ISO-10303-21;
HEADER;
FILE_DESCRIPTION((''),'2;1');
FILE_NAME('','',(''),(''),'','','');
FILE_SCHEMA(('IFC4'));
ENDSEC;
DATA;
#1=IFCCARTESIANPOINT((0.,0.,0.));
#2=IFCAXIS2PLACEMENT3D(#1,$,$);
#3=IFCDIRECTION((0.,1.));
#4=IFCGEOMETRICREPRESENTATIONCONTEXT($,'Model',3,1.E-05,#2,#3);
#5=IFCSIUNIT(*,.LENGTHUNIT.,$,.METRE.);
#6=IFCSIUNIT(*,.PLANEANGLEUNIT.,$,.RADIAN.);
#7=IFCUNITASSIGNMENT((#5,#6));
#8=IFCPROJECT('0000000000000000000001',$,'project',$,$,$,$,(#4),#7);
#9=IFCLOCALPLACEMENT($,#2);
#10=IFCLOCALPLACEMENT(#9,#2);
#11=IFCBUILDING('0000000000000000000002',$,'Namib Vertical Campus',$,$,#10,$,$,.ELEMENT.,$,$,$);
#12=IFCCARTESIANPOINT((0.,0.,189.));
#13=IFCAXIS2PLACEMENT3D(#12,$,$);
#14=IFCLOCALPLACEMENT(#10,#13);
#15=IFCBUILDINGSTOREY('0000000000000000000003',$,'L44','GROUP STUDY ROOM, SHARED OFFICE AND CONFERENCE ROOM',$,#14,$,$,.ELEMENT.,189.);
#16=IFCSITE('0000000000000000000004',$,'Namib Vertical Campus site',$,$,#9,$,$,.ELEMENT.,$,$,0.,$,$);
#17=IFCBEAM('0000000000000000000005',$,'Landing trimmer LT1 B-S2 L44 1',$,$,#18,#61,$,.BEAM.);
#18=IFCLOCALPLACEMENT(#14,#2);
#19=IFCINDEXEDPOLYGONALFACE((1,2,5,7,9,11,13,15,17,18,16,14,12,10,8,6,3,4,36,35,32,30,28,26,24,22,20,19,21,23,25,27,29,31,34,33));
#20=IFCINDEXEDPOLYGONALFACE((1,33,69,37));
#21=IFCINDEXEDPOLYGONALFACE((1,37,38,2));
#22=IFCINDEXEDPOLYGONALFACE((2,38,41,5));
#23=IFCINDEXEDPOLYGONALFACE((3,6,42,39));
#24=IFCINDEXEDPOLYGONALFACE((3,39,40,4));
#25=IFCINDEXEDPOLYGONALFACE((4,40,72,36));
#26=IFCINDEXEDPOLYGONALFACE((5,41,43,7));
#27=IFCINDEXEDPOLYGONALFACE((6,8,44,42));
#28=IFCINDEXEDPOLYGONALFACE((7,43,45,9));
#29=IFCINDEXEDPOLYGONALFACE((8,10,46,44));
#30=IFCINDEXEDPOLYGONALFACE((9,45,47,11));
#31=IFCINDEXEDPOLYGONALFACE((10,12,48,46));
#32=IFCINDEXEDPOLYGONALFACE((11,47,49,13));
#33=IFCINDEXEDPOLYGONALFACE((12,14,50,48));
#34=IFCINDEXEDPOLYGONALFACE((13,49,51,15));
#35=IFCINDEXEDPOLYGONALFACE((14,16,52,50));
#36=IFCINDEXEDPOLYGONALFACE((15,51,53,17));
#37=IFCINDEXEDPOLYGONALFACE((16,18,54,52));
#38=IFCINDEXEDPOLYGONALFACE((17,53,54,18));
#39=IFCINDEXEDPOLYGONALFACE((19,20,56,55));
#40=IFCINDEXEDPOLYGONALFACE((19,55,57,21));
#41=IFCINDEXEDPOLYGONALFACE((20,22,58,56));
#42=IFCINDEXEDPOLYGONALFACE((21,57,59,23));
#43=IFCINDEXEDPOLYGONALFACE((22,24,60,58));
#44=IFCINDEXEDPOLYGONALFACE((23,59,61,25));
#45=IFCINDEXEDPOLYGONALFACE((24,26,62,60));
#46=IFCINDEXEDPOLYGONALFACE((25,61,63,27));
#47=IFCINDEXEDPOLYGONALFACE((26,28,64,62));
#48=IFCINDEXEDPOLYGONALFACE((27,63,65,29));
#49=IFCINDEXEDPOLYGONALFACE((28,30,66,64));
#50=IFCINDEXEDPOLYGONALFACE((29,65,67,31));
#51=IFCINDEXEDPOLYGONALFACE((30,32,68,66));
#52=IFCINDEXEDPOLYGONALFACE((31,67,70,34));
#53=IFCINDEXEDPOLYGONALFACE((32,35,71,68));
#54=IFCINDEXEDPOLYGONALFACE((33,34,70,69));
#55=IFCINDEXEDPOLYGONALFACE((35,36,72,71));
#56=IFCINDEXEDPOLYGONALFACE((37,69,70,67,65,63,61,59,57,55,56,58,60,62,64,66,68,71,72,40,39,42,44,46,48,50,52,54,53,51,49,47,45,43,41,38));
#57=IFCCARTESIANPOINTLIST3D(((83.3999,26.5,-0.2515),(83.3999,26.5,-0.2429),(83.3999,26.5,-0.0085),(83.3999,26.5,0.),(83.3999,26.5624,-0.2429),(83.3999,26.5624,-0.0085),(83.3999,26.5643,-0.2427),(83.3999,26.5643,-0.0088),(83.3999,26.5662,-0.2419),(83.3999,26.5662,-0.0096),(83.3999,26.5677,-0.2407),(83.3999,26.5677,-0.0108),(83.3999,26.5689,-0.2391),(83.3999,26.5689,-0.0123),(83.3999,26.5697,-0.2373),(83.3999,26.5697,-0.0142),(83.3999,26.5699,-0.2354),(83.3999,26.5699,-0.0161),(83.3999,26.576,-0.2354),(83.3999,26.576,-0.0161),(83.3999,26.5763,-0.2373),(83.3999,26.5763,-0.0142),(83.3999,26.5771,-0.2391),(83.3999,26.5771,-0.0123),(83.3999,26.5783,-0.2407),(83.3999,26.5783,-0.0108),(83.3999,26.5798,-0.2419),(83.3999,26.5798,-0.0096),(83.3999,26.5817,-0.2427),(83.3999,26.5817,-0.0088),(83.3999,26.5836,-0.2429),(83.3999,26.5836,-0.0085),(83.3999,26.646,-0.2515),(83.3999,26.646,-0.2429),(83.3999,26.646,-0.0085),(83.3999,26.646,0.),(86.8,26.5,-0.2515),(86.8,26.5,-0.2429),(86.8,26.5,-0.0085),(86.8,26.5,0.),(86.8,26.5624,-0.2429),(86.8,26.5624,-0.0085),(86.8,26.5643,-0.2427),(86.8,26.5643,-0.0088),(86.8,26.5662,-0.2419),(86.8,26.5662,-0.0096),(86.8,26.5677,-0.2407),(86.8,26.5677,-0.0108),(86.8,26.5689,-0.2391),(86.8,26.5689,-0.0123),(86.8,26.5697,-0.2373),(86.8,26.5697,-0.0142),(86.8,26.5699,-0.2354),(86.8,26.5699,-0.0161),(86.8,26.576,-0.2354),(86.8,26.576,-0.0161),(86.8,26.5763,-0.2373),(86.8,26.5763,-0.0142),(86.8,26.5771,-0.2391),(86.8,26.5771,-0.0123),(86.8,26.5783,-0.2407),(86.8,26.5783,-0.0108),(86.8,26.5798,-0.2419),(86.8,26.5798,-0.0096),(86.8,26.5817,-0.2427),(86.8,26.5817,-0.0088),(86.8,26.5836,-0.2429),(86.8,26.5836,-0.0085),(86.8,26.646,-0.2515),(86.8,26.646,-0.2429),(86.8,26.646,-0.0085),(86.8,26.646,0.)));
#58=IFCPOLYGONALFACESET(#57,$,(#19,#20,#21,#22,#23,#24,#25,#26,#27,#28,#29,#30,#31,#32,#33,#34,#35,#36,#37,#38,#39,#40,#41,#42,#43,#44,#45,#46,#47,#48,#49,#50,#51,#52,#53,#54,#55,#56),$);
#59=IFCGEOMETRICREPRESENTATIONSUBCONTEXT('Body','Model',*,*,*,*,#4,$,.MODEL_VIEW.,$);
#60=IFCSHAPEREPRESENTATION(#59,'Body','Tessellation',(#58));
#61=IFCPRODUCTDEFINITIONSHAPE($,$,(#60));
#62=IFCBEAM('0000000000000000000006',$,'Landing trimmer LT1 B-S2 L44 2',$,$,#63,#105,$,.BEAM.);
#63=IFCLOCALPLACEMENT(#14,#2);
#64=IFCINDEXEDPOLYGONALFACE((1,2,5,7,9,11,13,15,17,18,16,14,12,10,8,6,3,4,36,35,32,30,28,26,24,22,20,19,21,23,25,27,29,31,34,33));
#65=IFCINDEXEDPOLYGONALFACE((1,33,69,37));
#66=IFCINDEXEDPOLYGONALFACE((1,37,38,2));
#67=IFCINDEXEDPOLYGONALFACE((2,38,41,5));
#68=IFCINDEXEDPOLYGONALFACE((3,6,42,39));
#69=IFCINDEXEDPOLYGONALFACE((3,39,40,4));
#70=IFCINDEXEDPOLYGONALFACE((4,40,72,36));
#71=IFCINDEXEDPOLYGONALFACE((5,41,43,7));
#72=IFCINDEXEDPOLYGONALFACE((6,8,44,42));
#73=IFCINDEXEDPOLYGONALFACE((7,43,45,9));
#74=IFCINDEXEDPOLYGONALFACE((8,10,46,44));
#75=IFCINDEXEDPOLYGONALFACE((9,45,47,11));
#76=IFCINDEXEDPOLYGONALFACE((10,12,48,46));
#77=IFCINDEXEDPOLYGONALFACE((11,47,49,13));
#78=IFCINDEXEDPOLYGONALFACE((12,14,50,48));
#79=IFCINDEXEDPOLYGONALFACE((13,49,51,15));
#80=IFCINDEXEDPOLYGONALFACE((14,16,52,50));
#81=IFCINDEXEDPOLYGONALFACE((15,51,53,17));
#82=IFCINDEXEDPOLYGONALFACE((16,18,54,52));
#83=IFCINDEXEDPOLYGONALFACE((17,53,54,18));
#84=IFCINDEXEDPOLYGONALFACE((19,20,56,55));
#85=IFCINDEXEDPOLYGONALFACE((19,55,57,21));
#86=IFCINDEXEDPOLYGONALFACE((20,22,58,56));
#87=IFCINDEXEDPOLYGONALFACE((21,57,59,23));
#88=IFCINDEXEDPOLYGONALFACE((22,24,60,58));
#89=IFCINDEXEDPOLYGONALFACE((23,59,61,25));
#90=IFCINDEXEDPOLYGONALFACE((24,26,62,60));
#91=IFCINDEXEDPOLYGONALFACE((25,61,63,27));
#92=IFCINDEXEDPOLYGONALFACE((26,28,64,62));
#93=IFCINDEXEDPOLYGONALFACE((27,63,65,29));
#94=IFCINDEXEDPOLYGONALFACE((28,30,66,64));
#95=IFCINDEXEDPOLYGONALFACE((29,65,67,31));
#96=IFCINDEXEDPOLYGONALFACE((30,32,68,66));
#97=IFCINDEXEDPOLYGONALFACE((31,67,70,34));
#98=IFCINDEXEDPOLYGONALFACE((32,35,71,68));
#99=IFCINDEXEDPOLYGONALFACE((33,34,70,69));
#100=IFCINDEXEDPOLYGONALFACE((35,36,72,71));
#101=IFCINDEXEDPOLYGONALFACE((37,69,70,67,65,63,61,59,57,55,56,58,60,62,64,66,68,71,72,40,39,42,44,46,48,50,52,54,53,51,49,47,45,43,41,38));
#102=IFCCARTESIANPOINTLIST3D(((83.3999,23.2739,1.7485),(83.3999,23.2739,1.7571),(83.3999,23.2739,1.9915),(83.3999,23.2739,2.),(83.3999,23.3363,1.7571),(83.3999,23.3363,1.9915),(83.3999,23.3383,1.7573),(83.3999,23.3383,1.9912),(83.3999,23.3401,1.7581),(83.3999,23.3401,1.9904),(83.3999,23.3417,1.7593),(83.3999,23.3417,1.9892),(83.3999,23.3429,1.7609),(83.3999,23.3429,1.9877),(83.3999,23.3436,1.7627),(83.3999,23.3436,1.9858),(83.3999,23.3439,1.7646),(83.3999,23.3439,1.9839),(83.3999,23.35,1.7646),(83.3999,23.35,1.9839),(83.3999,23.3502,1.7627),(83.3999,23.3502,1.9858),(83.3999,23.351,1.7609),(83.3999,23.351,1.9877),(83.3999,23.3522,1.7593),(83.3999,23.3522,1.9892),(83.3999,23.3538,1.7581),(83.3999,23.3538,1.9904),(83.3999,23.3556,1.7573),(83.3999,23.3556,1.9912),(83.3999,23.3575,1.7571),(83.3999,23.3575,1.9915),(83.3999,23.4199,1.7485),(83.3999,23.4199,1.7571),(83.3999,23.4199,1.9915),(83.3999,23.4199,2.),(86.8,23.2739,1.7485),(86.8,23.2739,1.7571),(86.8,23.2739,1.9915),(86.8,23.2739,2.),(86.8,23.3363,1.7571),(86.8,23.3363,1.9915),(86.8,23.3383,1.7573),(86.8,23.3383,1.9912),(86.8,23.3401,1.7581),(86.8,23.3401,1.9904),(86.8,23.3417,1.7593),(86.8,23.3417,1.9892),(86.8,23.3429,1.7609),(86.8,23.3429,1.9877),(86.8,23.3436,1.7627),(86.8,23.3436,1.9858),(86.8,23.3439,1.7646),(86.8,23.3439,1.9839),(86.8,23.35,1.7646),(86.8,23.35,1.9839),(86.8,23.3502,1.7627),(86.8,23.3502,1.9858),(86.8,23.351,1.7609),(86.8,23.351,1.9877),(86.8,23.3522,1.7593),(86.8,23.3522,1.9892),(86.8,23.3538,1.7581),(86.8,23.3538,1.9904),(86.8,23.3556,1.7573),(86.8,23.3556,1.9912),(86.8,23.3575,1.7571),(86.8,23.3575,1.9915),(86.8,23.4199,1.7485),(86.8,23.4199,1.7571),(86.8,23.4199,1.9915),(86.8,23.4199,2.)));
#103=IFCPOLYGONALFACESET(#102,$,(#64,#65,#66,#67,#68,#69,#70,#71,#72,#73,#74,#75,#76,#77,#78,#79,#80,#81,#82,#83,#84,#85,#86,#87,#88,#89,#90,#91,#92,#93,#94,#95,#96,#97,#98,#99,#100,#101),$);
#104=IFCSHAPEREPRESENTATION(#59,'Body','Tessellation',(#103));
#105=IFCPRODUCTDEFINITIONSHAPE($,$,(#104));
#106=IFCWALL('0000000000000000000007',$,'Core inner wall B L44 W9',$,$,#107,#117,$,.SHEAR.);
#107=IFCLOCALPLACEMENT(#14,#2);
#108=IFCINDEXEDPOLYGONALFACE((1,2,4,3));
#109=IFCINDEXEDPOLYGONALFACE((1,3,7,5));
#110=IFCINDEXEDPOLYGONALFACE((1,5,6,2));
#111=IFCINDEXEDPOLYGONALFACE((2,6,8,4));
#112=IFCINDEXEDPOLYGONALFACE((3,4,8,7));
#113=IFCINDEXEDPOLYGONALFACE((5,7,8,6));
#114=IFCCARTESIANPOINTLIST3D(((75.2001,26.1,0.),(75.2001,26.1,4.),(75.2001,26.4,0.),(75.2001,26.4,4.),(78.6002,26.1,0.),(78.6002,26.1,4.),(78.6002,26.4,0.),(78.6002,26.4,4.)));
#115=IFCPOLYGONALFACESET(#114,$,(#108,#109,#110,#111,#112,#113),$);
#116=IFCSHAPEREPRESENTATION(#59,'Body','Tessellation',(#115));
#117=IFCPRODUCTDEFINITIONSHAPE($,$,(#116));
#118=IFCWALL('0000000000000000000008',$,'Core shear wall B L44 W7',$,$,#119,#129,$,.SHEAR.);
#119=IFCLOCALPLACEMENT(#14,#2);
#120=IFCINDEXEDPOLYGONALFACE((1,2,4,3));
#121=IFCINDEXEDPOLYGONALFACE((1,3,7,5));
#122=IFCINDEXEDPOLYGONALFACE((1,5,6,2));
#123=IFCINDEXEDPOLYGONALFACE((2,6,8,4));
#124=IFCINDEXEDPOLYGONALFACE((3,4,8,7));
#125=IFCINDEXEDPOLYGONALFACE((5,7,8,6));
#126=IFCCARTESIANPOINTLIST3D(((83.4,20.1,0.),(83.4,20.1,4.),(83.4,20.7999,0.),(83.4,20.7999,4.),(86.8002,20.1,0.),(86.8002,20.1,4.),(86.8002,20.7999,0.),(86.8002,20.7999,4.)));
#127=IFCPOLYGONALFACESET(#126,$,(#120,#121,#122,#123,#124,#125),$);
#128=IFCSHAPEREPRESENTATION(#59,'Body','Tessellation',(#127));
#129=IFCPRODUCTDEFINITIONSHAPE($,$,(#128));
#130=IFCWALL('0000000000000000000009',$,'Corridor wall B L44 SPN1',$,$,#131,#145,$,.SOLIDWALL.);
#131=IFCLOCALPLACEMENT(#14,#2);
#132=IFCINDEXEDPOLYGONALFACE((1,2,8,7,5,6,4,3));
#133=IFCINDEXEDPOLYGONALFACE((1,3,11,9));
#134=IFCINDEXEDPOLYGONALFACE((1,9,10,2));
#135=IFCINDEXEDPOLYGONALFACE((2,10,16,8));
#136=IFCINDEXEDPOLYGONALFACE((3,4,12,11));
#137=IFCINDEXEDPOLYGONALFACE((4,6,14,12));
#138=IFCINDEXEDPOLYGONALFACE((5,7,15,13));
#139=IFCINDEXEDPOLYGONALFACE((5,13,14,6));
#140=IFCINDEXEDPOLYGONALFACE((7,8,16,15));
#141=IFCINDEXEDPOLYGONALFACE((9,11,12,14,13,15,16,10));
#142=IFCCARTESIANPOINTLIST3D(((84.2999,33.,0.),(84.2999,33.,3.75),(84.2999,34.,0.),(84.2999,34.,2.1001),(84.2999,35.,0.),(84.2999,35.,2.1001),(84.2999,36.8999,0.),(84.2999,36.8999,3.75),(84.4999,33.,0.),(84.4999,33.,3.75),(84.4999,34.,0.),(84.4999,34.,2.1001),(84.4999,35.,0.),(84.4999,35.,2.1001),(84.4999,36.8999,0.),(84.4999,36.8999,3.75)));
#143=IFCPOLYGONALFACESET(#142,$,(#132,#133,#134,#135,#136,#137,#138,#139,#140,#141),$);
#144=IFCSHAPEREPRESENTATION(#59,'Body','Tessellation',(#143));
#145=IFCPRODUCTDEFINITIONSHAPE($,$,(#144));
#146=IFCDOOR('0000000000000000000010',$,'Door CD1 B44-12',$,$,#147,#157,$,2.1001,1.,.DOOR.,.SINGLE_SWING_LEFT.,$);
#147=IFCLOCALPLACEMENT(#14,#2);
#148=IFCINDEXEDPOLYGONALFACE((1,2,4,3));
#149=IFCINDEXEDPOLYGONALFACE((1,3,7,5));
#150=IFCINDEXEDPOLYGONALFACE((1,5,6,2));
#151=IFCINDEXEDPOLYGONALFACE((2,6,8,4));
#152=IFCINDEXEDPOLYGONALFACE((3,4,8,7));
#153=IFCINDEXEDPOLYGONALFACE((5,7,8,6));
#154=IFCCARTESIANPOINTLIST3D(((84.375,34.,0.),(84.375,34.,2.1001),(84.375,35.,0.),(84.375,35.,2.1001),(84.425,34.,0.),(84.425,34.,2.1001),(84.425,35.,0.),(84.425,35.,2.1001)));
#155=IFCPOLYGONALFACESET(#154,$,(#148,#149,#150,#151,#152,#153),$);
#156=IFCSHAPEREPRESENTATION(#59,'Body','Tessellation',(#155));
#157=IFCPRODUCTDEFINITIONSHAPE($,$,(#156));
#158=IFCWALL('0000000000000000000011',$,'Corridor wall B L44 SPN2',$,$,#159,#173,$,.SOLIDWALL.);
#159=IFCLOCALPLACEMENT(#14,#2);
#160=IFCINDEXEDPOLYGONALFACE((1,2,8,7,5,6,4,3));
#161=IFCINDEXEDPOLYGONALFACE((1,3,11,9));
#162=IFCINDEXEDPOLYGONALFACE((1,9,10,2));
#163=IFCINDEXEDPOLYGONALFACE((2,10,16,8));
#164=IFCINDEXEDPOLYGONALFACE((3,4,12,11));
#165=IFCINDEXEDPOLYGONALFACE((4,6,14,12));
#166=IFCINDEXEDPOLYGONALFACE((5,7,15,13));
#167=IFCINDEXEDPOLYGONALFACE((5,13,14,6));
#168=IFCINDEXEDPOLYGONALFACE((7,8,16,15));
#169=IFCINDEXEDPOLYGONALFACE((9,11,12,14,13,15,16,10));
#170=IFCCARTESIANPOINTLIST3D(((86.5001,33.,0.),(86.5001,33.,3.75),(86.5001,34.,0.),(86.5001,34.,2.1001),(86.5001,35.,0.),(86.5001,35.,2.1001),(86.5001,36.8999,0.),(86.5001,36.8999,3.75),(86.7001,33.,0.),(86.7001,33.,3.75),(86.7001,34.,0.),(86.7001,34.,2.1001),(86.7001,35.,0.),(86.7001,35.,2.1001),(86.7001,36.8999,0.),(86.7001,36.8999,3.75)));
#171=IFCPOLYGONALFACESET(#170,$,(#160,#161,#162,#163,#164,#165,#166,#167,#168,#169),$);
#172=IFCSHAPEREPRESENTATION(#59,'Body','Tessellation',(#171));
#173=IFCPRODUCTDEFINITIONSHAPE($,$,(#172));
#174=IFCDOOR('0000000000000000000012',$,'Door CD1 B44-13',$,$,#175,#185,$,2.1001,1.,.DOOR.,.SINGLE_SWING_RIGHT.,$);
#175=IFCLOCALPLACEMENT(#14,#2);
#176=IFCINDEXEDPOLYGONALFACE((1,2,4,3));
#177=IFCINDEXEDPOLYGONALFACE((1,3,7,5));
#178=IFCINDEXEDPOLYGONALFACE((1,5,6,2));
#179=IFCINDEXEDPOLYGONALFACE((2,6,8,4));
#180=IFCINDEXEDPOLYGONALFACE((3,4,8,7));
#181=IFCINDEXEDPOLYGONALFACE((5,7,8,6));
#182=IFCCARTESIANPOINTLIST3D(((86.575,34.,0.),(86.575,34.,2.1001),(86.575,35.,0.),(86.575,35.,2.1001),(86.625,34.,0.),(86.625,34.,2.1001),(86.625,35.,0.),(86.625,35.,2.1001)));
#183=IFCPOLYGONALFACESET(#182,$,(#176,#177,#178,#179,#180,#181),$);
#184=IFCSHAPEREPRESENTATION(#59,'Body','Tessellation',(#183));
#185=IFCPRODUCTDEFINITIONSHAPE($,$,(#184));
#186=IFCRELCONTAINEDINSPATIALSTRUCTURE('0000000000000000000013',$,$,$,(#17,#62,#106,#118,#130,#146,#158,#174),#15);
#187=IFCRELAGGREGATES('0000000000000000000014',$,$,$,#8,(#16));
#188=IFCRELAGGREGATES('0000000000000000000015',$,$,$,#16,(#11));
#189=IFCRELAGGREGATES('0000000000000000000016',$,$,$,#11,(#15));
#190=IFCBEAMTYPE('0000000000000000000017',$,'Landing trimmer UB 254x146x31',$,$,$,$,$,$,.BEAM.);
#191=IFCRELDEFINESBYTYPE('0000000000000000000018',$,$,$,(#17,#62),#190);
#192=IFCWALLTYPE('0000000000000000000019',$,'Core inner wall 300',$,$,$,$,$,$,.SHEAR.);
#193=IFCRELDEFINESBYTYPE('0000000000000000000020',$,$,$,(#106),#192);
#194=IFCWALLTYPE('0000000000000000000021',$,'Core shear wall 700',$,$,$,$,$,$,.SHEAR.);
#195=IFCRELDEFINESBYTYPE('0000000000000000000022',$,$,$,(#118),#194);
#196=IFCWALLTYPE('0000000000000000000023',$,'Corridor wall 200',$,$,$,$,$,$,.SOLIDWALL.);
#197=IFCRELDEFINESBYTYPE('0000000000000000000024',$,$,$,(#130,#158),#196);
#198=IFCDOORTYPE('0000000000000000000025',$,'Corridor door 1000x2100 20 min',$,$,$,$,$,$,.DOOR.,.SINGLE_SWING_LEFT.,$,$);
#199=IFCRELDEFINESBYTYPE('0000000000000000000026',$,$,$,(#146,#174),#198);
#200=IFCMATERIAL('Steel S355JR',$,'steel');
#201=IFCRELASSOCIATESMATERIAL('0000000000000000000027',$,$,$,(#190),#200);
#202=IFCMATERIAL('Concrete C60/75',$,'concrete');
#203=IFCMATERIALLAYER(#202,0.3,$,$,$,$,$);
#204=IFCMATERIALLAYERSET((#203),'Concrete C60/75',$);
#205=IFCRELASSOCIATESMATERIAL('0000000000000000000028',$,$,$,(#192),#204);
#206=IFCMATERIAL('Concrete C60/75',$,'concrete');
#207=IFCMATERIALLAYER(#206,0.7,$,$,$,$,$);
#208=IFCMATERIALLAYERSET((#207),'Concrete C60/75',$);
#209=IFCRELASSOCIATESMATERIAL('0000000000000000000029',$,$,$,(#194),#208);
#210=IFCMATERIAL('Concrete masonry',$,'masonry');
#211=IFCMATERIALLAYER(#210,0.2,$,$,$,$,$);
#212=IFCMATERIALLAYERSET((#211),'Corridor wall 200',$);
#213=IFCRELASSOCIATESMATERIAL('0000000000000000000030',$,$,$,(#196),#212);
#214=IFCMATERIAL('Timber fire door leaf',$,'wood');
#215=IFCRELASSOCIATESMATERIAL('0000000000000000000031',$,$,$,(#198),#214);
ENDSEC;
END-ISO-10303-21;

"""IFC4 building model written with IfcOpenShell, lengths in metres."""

from ifc_helpers import new_model, si_unit, direction, frame, frame_2d, origin, origin_2d, place, context, subcontext, project, spatial, rectangle, i_section, extrude, material, layer, layer_set, material_profile, profile_set, type_object, element, fill, save


model = new_model("IFC4")

# Units and contexts
model_context = context("Model", 3, precision=1e-05, world=origin(), true_north=direction((0.0, 1.0)))
body_context = subcontext(model_context, "Body", "Model", "MODEL_VIEW")
ifc_project = project(units=[si_unit("LENGTHUNIT", "METRE"), si_unit("PLANEANGLEUNIT", "RADIAN")], contexts=[model_context])

# Site, building, storey
site_placement = place(None, origin())
site = spatial("IfcSite", under=ifc_project, at=site_placement, Name="Namib Vertical Campus site", CompositionType="ELEMENT", RefElevation=0.0)
building_placement = place(site_placement, origin())
building = spatial("IfcBuilding", under=site, at=building_placement, Name="Namib Vertical Campus", CompositionType="ELEMENT")
storey_placement = place(building_placement, frame((0.0, 0.0, 189.0)))
storey = spatial("IfcBuildingStorey", under=building, at=storey_placement, Name="L44", Description="GROUP STUDY ROOM, SHARED OFFICE AND CONFERENCE ROOM", CompositionType="ELEMENT", Elevation=189.0)

# Beams
ifc_material_1 = material(Name="Steel S355JR", Category="steel")
ifc_material_profile = material_profile(ifc_material_1, i_section(OverallWidth=0.146, OverallDepth=0.2515, WebThickness=0.0061, FlangeThickness=0.0085, FilletRadius=0.0076, at=origin_2d()))
ifc_profile_set = profile_set([ifc_material_profile], Name="Steel S355JR")
beam_type = type_object("IfcBeamType", Name="Landing trimmer UB 254x146x31", PredefinedType="BEAM", material=ifc_profile_set)
for number, where, z_axis, x_axis, name in (
    (1, (83.3999, 26.573, -0.1257), (1.0, 0.0, 0.0), (0.0, 1.0, 0.0), "Landing trimmer LT1 B-S2 L44 1"),
    (2, (83.3999, 23.3469, 1.8743), (1.0, 0.0, 0.0), (0.0, 1.0, 0.0), "Landing trimmer LT1 B-S2 L44 2"),
):
    element("IfcBeam", number, at=place(storey_placement, frame(where, z_axis=z_axis, x_axis=x_axis)), inside=storey, type_object=beam_type, Name=name, PredefinedType="BEAM", context=body_context, shape_type="SweptSolid", body=[
        extrude(i_section(OverallWidth=0.146, OverallDepth=0.2515, WebThickness=0.0061, FlangeThickness=0.0085, FilletRadius=0.0076, at=origin_2d()), origin(), (0.0, 0.0, 1.0), 3.4001),
    ])

# Walls
ifc_material_2 = material(Name="Concrete C60/75", Category="concrete")
ifc_layer_1 = layer(ifc_material_2, 0.3)
ifc_layer_set_1 = layer_set([ifc_layer_1], Name="Concrete C60/75")
wall_type_1 = type_object("IfcWallType", Name="Core inner wall 300", PredefinedType="SHEAR", material=ifc_layer_set_1)
wall_1_placement = place(storey_placement, frame((75.2, 26.25, 0.0), z_axis=(0.0, 0.0, 1.0), x_axis=(1.0, 0.0, 0.0)))
element("IfcWall", 3, at=wall_1_placement, inside=storey, type_object=wall_type_1, Name="Core inner wall B L44 W9", PredefinedType="SHEAR", context=body_context, shape_type="SweptSolid", body=[
    extrude(rectangle(XDim=3.4001, YDim=0.3, at=frame_2d((1.7002, 0.0))), origin(), (0.0, 0.0, 1.0), 4.0),
])
ifc_material_3 = material(Name="Concrete C60/75", Category="concrete")
ifc_layer_2 = layer(ifc_material_3, 0.7)
ifc_layer_set_2 = layer_set([ifc_layer_2], Name="Concrete C60/75")
wall_type_2 = type_object("IfcWallType", Name="Core shear wall 700", PredefinedType="SHEAR", material=ifc_layer_set_2)
wall_2_placement = place(storey_placement, frame((83.3999, 20.45, 0.0), z_axis=(0.0, 0.0, 1.0), x_axis=(1.0, 0.0, 0.0)))
element("IfcWall", 4, at=wall_2_placement, inside=storey, type_object=wall_type_2, Name="Core shear wall B L44 W7", PredefinedType="SHEAR", context=body_context, shape_type="SweptSolid", body=[
    extrude(rectangle(XDim=3.4001, YDim=0.7, at=frame_2d((1.7002, 0.0))), origin(), (0.0, 0.0, 1.0), 4.0),
])

# Walls, openings, doors
ifc_material_4 = material(Name="Concrete masonry", Category="masonry")
ifc_layer_3 = layer(ifc_material_4, 0.2)
ifc_layer_set_3 = layer_set([ifc_layer_3], Name="Corridor wall 200")
wall_type_3 = type_object("IfcWallType", Name="Corridor wall 200", PredefinedType="SOLIDWALL", material=ifc_layer_set_3)
wall_3_placement = place(storey_placement, frame((84.3999, 33.0, 0.0), z_axis=(0.0, 0.0, 1.0), x_axis=(0.0, 1.0, 0.0)))
wall_3 = element("IfcWall", 5, at=wall_3_placement, inside=storey, type_object=wall_type_3, Name="Corridor wall B L44 SPN1", PredefinedType="SOLIDWALL", context=body_context, shape_type="SweptSolid", body=[
    extrude(rectangle(XDim=3.8999, YDim=0.2, at=frame_2d((1.95, 0.0))), origin(), (0.0, 0.0, 1.0), 3.75),
])
opening_1_placement = place(wall_3_placement, frame((1.0, 0.0, 0.0)))
opening_1 = element("IfcOpeningElement", 6, at=opening_1_placement, cuts=wall_3, PredefinedType="OPENING", context=body_context, shape_type="SweptSolid", body=[
    extrude(rectangle(XDim=1.0, YDim=2.1001, at=frame_2d((0.5, 1.05))), frame((0.0, 0.1099, 0.0), z_axis=(0.0, -1.0, 0.0), x_axis=(1.0, 0.0, 0.0)), (0.0, 0.0, 1.0), 0.22),
])
ifc_material_5 = material(Name="Timber fire door leaf", Category="wood")
door_type_1 = type_object("IfcDoorType", Name="Corridor door 1000x2100 20 min", OperationType="SINGLE_SWING_LEFT", PredefinedType="DOOR", material=ifc_material_5)
door_1_placement = place(opening_1_placement, origin())
door_1 = element("IfcDoor", 7, at=door_1_placement, inside=storey, type_object=door_type_1, Name="Door CD1 B44-12", OperationType="SINGLE_SWING_LEFT", OverallHeight=2.1001, OverallWidth=1.0, PredefinedType="DOOR", context=body_context, shape_type="SweptSolid", body=[
    extrude(rectangle(XDim=1.0, YDim=2.1001, at=frame_2d((0.5, 1.05))), frame((0.0, 0.0249, 0.0), z_axis=(0.0, -1.0, 0.0), x_axis=(1.0, 0.0, 0.0)), (0.0, 0.0, 1.0), 0.05),
])
fill(opening_1, door_1)
wall_4_placement = place(storey_placement, frame((86.6001, 36.8999, 0.0), z_axis=(0.0, 0.0, 1.0), x_axis=(0.0, -1.0, 0.0)))
wall_4 = element("IfcWall", 8, at=wall_4_placement, inside=storey, type_object=wall_type_3, Name="Corridor wall B L44 SPN2", PredefinedType="SOLIDWALL", context=body_context, shape_type="SweptSolid", body=[
    extrude(rectangle(XDim=3.8999, YDim=0.2, at=frame_2d((1.95, 0.0))), origin(), (0.0, 0.0, 1.0), 3.75),
])
opening_2_placement = place(wall_4_placement, frame((1.8999, 0.0, 0.0)))
opening_2 = element("IfcOpeningElement", 9, at=opening_2_placement, cuts=wall_4, PredefinedType="OPENING", context=body_context, shape_type="SweptSolid", body=[
    extrude(rectangle(XDim=1.0, YDim=2.1001, at=frame_2d((0.5, 1.05))), frame((0.0, 0.1099, 0.0), z_axis=(0.0, -1.0, 0.0), x_axis=(1.0, 0.0, 0.0)), (0.0, 0.0, 1.0), 0.22),
])
door_2_placement = place(opening_2_placement, origin())
door_2 = element("IfcDoor", 10, at=door_2_placement, inside=storey, type_object=door_type_1, Name="Door CD1 B44-13", OperationType="SINGLE_SWING_RIGHT", OverallHeight=2.1001, OverallWidth=1.0, PredefinedType="DOOR", context=body_context, shape_type="SweptSolid", body=[
    extrude(rectangle(XDim=1.0, YDim=2.1001, at=frame_2d((0.5, 1.05))), frame((0.0, 0.0249, 0.0), z_axis=(0.0, -1.0, 0.0), x_axis=(1.0, 0.0, 0.0)), (0.0, 0.0, 1.0), 0.05),
])
fill(opening_2, door_2)

save(model, "model.ifc")
